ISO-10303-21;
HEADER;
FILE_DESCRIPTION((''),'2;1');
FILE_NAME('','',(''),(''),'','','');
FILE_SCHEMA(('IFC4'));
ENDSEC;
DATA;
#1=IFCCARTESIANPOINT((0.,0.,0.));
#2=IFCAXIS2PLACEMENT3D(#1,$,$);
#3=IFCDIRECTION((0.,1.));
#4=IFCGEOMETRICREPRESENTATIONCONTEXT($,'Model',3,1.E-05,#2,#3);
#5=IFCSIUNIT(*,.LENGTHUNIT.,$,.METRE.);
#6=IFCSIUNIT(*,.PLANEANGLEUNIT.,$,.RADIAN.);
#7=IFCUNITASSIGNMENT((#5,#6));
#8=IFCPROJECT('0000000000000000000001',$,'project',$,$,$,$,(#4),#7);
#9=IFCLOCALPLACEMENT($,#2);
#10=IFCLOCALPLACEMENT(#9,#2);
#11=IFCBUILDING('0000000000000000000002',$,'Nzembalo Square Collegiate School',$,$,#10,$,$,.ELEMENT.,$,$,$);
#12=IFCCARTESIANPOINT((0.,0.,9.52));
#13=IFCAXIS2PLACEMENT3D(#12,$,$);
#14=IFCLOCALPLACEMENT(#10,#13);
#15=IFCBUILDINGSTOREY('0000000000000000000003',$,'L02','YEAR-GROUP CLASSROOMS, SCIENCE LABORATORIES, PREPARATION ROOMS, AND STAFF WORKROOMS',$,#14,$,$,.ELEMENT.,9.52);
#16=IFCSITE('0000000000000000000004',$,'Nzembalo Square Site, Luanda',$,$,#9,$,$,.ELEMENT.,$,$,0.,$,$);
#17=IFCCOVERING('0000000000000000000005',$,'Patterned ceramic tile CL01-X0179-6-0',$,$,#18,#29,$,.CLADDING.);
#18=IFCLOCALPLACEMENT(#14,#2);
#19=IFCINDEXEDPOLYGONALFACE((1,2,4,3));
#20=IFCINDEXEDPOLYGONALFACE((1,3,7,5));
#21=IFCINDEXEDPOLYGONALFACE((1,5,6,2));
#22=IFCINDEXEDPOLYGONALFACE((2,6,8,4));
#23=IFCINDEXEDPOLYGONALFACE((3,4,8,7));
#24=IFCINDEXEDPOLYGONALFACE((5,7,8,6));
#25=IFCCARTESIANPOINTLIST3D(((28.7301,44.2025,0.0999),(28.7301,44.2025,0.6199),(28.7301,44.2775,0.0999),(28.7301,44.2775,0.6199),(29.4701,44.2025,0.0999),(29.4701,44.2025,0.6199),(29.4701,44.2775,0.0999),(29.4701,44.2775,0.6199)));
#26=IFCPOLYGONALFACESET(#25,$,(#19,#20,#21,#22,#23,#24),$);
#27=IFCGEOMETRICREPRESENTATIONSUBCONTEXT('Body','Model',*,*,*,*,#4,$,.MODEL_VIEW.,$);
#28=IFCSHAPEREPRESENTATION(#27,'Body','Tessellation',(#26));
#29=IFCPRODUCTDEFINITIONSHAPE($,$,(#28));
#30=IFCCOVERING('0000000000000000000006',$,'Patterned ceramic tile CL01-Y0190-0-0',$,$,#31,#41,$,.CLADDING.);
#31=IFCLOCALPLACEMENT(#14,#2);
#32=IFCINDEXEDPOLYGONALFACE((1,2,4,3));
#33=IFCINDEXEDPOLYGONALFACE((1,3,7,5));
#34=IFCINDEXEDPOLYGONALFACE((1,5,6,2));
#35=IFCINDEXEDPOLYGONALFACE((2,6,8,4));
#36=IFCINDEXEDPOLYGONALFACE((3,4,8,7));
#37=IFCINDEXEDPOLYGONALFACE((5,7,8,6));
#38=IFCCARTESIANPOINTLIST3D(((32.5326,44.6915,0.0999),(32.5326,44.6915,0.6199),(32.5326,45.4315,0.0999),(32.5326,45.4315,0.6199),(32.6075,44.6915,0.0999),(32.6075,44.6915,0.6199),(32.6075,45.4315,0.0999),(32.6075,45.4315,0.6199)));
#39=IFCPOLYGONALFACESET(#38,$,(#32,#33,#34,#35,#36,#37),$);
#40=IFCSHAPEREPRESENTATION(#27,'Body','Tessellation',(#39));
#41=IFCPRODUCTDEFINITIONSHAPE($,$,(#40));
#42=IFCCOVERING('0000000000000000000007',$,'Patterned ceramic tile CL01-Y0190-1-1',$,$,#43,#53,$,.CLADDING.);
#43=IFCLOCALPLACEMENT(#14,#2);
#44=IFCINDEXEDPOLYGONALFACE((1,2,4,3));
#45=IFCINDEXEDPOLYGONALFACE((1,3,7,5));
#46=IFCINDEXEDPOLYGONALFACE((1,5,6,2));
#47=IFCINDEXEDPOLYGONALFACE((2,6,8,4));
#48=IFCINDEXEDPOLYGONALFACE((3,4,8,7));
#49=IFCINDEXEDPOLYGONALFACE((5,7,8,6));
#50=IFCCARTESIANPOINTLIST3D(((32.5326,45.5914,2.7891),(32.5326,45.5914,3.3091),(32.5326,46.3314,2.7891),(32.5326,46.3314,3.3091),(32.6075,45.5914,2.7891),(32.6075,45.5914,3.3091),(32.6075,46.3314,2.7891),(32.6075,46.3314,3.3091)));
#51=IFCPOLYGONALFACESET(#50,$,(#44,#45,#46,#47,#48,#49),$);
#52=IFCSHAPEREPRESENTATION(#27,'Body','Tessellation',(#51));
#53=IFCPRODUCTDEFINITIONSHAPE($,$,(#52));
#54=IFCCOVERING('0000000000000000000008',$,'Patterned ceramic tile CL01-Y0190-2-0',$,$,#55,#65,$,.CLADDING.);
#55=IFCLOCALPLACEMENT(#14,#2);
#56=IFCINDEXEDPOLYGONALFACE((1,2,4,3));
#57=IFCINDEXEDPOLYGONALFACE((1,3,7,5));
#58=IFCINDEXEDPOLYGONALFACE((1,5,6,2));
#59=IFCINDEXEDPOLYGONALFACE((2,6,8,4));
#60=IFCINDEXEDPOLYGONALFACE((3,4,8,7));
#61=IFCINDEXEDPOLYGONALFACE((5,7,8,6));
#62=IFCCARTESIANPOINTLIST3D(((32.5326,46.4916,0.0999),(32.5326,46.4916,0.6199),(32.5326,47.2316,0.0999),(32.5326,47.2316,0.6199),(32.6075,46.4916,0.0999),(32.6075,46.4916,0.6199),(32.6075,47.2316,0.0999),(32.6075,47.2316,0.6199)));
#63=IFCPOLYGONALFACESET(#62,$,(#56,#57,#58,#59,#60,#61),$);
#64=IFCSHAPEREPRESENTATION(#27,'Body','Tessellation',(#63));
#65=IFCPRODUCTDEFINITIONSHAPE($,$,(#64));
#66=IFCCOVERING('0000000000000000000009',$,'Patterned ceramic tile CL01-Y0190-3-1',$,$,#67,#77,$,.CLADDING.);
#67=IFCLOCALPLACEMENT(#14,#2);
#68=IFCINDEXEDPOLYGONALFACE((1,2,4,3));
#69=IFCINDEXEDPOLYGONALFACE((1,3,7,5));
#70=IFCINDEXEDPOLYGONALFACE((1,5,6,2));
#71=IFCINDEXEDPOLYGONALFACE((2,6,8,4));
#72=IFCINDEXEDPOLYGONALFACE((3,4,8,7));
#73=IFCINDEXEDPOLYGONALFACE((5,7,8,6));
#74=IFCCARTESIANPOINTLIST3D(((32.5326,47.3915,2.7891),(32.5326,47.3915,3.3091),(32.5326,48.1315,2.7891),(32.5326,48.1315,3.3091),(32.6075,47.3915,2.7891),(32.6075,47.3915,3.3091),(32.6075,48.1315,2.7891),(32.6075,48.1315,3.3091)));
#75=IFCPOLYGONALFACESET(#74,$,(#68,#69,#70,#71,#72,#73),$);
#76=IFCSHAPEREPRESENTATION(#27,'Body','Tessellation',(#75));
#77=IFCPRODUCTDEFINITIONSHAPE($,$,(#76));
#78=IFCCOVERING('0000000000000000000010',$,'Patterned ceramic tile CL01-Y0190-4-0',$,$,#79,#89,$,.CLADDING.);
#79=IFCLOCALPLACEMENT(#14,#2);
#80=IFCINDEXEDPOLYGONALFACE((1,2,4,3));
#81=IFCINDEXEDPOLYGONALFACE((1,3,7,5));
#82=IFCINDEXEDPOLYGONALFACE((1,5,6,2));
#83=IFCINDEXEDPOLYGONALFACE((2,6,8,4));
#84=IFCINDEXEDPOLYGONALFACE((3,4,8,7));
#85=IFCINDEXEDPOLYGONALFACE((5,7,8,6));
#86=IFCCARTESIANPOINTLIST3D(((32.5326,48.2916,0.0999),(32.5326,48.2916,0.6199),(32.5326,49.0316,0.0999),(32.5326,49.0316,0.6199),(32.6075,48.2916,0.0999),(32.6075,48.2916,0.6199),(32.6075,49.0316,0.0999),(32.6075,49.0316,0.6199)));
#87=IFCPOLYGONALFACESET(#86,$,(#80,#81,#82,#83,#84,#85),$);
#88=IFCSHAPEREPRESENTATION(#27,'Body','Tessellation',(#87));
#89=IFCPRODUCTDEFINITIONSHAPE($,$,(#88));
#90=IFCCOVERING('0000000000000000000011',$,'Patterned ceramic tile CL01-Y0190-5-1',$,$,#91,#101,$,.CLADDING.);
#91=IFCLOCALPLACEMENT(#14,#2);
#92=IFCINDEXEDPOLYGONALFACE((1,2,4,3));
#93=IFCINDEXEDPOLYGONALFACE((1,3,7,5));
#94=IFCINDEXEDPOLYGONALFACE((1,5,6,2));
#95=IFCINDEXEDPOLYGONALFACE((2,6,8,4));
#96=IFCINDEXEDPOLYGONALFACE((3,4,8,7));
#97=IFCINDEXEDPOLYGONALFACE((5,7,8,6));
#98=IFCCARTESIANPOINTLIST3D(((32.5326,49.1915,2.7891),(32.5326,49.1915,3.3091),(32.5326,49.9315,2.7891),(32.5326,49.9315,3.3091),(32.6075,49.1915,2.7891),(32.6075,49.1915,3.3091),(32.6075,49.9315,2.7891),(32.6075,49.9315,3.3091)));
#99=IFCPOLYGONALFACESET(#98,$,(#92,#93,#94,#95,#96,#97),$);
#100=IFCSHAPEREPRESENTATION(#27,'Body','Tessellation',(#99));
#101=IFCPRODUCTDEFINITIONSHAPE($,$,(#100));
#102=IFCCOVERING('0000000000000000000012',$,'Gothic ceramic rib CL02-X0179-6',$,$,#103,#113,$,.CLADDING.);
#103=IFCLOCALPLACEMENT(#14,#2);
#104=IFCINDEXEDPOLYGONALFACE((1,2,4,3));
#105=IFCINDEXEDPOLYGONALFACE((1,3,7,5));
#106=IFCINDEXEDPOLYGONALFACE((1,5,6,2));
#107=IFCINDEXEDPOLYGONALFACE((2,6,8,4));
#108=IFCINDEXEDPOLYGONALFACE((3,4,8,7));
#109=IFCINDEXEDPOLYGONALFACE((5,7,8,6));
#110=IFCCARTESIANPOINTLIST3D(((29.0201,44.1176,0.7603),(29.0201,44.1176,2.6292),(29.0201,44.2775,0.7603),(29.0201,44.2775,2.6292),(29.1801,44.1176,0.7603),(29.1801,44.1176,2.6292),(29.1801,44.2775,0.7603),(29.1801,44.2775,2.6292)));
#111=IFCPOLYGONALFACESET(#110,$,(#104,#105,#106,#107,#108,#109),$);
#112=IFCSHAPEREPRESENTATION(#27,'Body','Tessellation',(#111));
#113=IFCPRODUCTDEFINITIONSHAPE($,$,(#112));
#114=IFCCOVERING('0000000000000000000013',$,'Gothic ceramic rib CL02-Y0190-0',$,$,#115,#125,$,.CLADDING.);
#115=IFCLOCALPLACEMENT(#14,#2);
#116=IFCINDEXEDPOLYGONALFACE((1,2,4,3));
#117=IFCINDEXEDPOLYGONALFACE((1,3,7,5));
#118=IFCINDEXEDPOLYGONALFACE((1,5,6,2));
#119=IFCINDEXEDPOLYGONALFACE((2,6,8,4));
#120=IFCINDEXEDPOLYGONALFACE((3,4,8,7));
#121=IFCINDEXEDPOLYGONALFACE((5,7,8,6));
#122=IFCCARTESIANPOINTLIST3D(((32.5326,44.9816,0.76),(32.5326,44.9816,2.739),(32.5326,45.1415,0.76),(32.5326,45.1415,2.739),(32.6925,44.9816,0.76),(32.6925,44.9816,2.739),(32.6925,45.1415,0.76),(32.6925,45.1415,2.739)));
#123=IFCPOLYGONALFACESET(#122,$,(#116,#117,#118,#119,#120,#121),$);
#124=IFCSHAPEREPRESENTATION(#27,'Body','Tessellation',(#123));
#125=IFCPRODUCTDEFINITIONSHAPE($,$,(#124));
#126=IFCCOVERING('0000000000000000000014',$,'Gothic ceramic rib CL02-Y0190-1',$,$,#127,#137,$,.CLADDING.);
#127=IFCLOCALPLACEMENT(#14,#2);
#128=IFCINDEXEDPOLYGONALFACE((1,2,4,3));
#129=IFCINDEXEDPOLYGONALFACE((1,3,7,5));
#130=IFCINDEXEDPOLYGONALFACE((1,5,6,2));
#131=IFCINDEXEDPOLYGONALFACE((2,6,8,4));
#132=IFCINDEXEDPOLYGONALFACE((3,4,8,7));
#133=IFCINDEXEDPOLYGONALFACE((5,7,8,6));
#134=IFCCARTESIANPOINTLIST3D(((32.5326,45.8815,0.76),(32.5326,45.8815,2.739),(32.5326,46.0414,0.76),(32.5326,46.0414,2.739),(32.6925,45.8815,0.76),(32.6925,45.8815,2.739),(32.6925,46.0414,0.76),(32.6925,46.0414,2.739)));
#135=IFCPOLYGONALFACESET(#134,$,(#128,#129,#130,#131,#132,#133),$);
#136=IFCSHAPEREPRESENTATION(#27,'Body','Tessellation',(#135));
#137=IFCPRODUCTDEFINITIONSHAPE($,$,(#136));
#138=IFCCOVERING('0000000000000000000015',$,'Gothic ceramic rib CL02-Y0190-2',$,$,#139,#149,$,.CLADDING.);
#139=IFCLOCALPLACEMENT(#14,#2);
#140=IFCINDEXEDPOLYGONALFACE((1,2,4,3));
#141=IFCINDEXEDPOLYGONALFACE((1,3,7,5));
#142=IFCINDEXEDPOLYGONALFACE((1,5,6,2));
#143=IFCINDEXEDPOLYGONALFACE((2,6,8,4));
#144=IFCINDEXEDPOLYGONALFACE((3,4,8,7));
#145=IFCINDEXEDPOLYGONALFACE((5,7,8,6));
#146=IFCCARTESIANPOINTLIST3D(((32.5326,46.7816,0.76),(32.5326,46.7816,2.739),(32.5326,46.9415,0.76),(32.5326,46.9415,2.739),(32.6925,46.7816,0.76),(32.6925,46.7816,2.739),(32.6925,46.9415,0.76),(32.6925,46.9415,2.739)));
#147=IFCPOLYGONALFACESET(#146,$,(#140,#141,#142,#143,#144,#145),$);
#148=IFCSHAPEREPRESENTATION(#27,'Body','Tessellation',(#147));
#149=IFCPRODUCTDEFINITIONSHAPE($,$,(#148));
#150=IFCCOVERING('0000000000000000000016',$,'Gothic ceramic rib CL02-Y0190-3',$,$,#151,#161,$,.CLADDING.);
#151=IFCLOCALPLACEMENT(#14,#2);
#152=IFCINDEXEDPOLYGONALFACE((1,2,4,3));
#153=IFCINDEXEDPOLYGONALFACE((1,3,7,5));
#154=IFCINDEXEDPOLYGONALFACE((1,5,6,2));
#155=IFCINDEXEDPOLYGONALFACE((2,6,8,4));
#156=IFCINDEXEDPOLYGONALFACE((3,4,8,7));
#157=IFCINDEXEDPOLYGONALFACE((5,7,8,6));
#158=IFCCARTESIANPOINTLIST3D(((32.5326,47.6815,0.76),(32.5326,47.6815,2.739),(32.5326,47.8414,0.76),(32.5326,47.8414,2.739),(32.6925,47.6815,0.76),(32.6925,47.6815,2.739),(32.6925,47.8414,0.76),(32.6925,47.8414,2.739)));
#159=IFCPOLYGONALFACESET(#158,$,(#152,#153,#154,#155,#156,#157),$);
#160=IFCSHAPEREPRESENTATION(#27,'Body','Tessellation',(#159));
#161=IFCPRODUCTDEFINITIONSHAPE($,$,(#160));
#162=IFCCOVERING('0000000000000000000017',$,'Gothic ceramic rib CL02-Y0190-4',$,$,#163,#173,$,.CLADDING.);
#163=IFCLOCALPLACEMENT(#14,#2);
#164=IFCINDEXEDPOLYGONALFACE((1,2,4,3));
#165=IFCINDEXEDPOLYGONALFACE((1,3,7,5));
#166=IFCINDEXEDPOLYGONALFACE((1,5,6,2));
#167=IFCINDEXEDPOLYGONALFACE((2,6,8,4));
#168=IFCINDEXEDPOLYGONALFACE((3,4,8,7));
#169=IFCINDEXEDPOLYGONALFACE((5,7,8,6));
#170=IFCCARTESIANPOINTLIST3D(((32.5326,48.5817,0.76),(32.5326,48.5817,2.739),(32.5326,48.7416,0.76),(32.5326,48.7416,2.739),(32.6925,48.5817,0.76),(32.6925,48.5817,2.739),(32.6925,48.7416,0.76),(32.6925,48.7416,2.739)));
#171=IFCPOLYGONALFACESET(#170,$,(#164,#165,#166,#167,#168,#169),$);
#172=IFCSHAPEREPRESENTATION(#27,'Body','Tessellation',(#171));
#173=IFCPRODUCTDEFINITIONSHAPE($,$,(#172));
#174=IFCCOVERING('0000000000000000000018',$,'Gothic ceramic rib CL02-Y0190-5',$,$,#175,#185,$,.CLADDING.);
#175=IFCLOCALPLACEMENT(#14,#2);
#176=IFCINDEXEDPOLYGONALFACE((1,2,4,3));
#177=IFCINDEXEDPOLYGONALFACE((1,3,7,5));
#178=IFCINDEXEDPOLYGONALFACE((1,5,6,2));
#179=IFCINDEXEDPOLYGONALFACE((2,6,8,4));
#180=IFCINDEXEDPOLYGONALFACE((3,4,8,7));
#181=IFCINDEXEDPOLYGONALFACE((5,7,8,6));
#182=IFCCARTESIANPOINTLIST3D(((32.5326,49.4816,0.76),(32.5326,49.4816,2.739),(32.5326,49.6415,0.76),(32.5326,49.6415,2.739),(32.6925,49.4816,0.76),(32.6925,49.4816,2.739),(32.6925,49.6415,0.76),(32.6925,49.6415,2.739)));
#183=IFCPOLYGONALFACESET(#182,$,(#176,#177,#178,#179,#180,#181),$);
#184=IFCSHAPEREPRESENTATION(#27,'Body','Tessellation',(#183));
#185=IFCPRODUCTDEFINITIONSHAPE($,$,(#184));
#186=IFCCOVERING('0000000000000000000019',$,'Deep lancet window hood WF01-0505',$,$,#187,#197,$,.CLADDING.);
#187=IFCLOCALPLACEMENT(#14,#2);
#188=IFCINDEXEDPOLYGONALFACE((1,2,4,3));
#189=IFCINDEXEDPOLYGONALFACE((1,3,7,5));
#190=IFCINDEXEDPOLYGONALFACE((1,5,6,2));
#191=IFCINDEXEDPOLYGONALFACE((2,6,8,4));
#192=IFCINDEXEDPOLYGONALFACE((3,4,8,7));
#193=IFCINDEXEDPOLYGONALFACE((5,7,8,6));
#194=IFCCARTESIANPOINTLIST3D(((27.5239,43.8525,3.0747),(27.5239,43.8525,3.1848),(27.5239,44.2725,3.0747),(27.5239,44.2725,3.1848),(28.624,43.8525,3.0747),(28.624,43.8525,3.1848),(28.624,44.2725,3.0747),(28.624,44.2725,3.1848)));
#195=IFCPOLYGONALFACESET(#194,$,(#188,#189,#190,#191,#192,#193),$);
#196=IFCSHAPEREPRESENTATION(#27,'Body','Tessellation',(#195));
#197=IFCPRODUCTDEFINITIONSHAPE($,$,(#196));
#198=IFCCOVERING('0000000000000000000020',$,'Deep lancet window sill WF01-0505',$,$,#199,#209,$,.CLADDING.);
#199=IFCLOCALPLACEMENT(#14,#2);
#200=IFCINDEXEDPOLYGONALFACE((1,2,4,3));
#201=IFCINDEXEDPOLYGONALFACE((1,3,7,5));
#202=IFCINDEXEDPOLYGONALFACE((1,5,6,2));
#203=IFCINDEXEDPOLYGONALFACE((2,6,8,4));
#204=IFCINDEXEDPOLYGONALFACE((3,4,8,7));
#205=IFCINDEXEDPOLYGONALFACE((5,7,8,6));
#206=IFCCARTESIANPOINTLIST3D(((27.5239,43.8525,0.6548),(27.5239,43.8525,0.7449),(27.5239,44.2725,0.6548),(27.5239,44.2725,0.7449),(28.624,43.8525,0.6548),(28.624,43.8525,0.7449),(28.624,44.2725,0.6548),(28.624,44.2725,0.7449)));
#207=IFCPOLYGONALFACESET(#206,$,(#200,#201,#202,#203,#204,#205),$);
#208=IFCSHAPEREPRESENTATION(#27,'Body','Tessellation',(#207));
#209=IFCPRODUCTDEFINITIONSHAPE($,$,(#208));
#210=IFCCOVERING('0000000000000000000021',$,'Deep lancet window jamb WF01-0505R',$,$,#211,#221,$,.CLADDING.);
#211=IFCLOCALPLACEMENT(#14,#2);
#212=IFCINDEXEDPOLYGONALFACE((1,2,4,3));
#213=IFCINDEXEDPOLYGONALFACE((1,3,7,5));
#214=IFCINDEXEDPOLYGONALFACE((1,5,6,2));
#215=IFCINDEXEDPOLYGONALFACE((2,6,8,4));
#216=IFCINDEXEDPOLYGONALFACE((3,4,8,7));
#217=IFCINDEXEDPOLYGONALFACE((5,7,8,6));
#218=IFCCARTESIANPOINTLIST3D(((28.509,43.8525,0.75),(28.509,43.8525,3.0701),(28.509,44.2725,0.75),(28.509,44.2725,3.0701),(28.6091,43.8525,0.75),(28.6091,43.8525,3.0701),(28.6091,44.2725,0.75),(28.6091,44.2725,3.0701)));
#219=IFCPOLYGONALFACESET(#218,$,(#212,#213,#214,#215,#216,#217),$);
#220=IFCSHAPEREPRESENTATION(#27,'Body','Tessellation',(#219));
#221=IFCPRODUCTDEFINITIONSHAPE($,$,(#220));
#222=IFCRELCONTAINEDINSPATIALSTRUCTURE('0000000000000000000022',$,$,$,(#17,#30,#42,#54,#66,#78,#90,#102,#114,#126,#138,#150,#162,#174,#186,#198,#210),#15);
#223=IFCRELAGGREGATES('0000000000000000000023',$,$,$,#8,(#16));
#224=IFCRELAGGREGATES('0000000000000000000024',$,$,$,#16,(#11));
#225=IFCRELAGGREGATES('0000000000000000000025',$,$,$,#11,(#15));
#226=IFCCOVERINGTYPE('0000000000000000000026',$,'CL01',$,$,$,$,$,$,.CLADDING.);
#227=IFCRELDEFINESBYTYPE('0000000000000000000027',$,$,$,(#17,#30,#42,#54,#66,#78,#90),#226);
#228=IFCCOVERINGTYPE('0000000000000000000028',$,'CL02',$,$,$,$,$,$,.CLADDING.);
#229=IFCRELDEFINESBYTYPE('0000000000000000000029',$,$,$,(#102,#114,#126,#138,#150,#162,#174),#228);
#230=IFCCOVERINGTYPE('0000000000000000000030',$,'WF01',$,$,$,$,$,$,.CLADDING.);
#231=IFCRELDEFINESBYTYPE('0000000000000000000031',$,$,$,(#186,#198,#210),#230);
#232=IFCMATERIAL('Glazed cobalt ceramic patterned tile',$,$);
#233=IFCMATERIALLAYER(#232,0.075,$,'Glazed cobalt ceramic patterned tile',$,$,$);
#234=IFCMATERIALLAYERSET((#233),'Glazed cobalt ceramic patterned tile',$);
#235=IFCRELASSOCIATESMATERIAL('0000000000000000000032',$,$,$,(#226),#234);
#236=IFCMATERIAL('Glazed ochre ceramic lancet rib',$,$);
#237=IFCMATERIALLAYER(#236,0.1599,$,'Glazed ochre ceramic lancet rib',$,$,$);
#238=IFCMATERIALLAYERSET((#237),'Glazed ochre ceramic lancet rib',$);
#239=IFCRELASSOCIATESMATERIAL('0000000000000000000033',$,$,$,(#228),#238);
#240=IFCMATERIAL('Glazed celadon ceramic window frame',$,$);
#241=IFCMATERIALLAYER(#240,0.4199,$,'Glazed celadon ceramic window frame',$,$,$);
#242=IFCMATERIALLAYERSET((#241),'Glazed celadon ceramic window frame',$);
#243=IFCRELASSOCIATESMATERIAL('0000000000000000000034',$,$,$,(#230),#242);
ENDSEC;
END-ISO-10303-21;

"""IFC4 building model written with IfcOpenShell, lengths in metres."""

from ifc_helpers import new_model, si_unit, direction, frame, origin, origin_2d, place, context, subcontext, project, spatial, rectangle, extrude, material, layer, layer_set, type_object, element, save


model = new_model("IFC4")

# Units and contexts
model_context = context("Model", 3, precision=1e-05, world=origin(), true_north=direction((0.0, 1.0)))
body_context = subcontext(model_context, "Body", "Model", "MODEL_VIEW")
ifc_project = project(units=[si_unit("LENGTHUNIT", "METRE"), si_unit("PLANEANGLEUNIT", "RADIAN")], contexts=[model_context])

# Site, building, storey
site_placement = place(None, origin())
site = spatial("IfcSite", under=ifc_project, at=site_placement, Name="Nzembalo Square Site, Luanda", CompositionType="ELEMENT", RefElevation=0.0)
building_placement = place(site_placement, origin())
building = spatial("IfcBuilding", under=site, at=building_placement, Name="Nzembalo Square Collegiate School", CompositionType="ELEMENT")
storey_placement = place(building_placement, frame((0.0, 0.0, 9.52)))
storey = spatial("IfcBuildingStorey", under=building, at=storey_placement, Name="L02", Description="YEAR-GROUP CLASSROOMS, SCIENCE LABORATORIES, PREPARATION ROOMS, AND STAFF WORKROOMS", CompositionType="ELEMENT", Elevation=9.52)

# Coverings
ifc_material_1 = material(Name="Glazed cobalt ceramic patterned tile")
ifc_layer_1 = layer(ifc_material_1, 0.075, Name="Glazed cobalt ceramic patterned tile")
ifc_layer_set_1 = layer_set([ifc_layer_1], Name="Glazed cobalt ceramic patterned tile")
covering_type_1 = type_object("IfcCoveringType", Name="CL01", PredefinedType="CLADDING", material=ifc_layer_set_1)
for number, where, z_axis, x_axis, name in (
    (1, (29.1001, 44.24, 0.0999), (0.0, 0.0, 1.0), (1.0, 0.0, 0.0), "Patterned ceramic tile CL01-X0179-6-0"),
):
    element("IfcCovering", number, at=place(storey_placement, frame(where, z_axis=z_axis, x_axis=x_axis)), inside=storey, type_object=covering_type_1, Name=name, PredefinedType="CLADDING", context=body_context, shape_type="SweptSolid", body=[
        extrude(rectangle(XDim=0.74, YDim=0.075, at=origin_2d()), origin(), (0.0, 0.0, 1.0), 0.52),
    ])
for number, where, z_axis, x_axis, name in (
    (2, (32.5701, 45.0615, 0.0999), (0.0, 0.0, 1.0), (1.0, 0.0, 0.0), "Patterned ceramic tile CL01-Y0190-0-0"),
    (3, (32.5701, 45.9614, 2.7891), (0.0, 0.0, 1.0), (1.0, 0.0, 0.0), "Patterned ceramic tile CL01-Y0190-1-1"),
    (4, (32.5701, 46.8616, 0.0999), (0.0, 0.0, 1.0), (1.0, 0.0, 0.0), "Patterned ceramic tile CL01-Y0190-2-0"),
    (5, (32.5701, 47.7615, 2.7891), (0.0, 0.0, 1.0), (1.0, 0.0, 0.0), "Patterned ceramic tile CL01-Y0190-3-1"),
    (6, (32.5701, 48.6616, 0.0999), (0.0, 0.0, 1.0), (1.0, 0.0, 0.0), "Patterned ceramic tile CL01-Y0190-4-0"),
    (7, (32.5701, 49.5615, 2.7891), (0.0, 0.0, 1.0), (1.0, 0.0, 0.0), "Patterned ceramic tile CL01-Y0190-5-1"),
):
    element("IfcCovering", number, at=place(storey_placement, frame(where, z_axis=z_axis, x_axis=x_axis)), inside=storey, type_object=covering_type_1, Name=name, PredefinedType="CLADDING", context=body_context, shape_type="SweptSolid", body=[
        extrude(rectangle(XDim=0.075, YDim=0.74, at=origin_2d()), origin(), (0.0, 0.0, 1.0), 0.52),
    ])
ifc_material_2 = material(Name="Glazed ochre ceramic lancet rib")
ifc_layer_2 = layer(ifc_material_2, 0.1599, Name="Glazed ochre ceramic lancet rib")
ifc_layer_set_2 = layer_set([ifc_layer_2], Name="Glazed ochre ceramic lancet rib")
covering_type_2 = type_object("IfcCoveringType", Name="CL02", PredefinedType="CLADDING", material=ifc_layer_set_2)
covering_1_placement = place(storey_placement, frame((29.1001, 44.1975, 0.7603), z_axis=(0.0, 0.0, 1.0), x_axis=(1.0, 0.0, 0.0)))
element("IfcCovering", 8, at=covering_1_placement, inside=storey, type_object=covering_type_2, Name="Gothic ceramic rib CL02-X0179-6", PredefinedType="CLADDING", context=body_context, shape_type="SweptSolid", body=[
    extrude(rectangle(XDim=0.1599, YDim=0.1599, at=origin_2d()), origin(), (0.0, 0.0, 1.0), 1.8689),
])
for number, where, z_axis, x_axis, name in (
    (9, (32.6125, 45.0615, 0.76), (0.0, 0.0, 1.0), (1.0, 0.0, 0.0), "Gothic ceramic rib CL02-Y0190-0"),
    (10, (32.6125, 45.9614, 0.76), (0.0, 0.0, 1.0), (1.0, 0.0, 0.0), "Gothic ceramic rib CL02-Y0190-1"),
    (11, (32.6125, 46.8616, 0.76), (0.0, 0.0, 1.0), (1.0, 0.0, 0.0), "Gothic ceramic rib CL02-Y0190-2"),
    (12, (32.6125, 47.7615, 0.76), (0.0, 0.0, 1.0), (1.0, 0.0, 0.0), "Gothic ceramic rib CL02-Y0190-3"),
    (13, (32.6125, 48.6616, 0.76), (0.0, 0.0, 1.0), (1.0, 0.0, 0.0), "Gothic ceramic rib CL02-Y0190-4"),
    (14, (32.6125, 49.5615, 0.76), (0.0, 0.0, 1.0), (1.0, 0.0, 0.0), "Gothic ceramic rib CL02-Y0190-5"),
):
    element("IfcCovering", number, at=place(storey_placement, frame(where, z_axis=z_axis, x_axis=x_axis)), inside=storey, type_object=covering_type_2, Name=name, PredefinedType="CLADDING", context=body_context, shape_type="SweptSolid", body=[
        extrude(rectangle(XDim=0.1599, YDim=0.1599, at=origin_2d()), origin(), (0.0, 0.0, 1.0), 1.979),
    ])
ifc_material_3 = material(Name="Glazed celadon ceramic window frame")
ifc_layer_3 = layer(ifc_material_3, 0.4199, Name="Glazed celadon ceramic window frame")
ifc_layer_set_3 = layer_set([ifc_layer_3], Name="Glazed celadon ceramic window frame")
covering_type_3 = type_object("IfcCoveringType", Name="WF01", PredefinedType="CLADDING", material=ifc_layer_set_3)
covering_2_placement = place(storey_placement, frame((28.074, 44.0625, 3.0747), z_axis=(0.0, 0.0, 1.0), x_axis=(1.0, 0.0, 0.0)))
element("IfcCovering", 15, at=covering_2_placement, inside=storey, type_object=covering_type_3, Name="Deep lancet window hood WF01-0505", PredefinedType="CLADDING", context=body_context, shape_type="SweptSolid", body=[
    extrude(rectangle(XDim=1.1001, YDim=0.4199, at=origin_2d()), origin(), (0.0, 0.0, 1.0), 0.1101),
])
covering_3_placement = place(storey_placement, frame((28.074, 44.0625, 0.6548), z_axis=(0.0, 0.0, 1.0), x_axis=(1.0, 0.0, 0.0)))
element("IfcCovering", 16, at=covering_3_placement, inside=storey, type_object=covering_type_3, Name="Deep lancet window sill WF01-0505", PredefinedType="CLADDING", context=body_context, shape_type="SweptSolid", body=[
    extrude(rectangle(XDim=1.1001, YDim=0.4199, at=origin_2d()), origin(), (0.0, 0.0, 1.0), 0.0901),
])
covering_4_placement = place(storey_placement, frame((28.5591, 44.0625, 0.75), z_axis=(0.0, 0.0, 1.0), x_axis=(1.0, 0.0, 0.0)))
element("IfcCovering", 17, at=covering_4_placement, inside=storey, type_object=covering_type_3, Name="Deep lancet window jamb WF01-0505R", PredefinedType="CLADDING", context=body_context, shape_type="SweptSolid", body=[
    extrude(rectangle(XDim=0.1001, YDim=0.4199, at=origin_2d()), origin(), (0.0, 0.0, 1.0), 2.3201),
])

save(model, "model.ifc")
